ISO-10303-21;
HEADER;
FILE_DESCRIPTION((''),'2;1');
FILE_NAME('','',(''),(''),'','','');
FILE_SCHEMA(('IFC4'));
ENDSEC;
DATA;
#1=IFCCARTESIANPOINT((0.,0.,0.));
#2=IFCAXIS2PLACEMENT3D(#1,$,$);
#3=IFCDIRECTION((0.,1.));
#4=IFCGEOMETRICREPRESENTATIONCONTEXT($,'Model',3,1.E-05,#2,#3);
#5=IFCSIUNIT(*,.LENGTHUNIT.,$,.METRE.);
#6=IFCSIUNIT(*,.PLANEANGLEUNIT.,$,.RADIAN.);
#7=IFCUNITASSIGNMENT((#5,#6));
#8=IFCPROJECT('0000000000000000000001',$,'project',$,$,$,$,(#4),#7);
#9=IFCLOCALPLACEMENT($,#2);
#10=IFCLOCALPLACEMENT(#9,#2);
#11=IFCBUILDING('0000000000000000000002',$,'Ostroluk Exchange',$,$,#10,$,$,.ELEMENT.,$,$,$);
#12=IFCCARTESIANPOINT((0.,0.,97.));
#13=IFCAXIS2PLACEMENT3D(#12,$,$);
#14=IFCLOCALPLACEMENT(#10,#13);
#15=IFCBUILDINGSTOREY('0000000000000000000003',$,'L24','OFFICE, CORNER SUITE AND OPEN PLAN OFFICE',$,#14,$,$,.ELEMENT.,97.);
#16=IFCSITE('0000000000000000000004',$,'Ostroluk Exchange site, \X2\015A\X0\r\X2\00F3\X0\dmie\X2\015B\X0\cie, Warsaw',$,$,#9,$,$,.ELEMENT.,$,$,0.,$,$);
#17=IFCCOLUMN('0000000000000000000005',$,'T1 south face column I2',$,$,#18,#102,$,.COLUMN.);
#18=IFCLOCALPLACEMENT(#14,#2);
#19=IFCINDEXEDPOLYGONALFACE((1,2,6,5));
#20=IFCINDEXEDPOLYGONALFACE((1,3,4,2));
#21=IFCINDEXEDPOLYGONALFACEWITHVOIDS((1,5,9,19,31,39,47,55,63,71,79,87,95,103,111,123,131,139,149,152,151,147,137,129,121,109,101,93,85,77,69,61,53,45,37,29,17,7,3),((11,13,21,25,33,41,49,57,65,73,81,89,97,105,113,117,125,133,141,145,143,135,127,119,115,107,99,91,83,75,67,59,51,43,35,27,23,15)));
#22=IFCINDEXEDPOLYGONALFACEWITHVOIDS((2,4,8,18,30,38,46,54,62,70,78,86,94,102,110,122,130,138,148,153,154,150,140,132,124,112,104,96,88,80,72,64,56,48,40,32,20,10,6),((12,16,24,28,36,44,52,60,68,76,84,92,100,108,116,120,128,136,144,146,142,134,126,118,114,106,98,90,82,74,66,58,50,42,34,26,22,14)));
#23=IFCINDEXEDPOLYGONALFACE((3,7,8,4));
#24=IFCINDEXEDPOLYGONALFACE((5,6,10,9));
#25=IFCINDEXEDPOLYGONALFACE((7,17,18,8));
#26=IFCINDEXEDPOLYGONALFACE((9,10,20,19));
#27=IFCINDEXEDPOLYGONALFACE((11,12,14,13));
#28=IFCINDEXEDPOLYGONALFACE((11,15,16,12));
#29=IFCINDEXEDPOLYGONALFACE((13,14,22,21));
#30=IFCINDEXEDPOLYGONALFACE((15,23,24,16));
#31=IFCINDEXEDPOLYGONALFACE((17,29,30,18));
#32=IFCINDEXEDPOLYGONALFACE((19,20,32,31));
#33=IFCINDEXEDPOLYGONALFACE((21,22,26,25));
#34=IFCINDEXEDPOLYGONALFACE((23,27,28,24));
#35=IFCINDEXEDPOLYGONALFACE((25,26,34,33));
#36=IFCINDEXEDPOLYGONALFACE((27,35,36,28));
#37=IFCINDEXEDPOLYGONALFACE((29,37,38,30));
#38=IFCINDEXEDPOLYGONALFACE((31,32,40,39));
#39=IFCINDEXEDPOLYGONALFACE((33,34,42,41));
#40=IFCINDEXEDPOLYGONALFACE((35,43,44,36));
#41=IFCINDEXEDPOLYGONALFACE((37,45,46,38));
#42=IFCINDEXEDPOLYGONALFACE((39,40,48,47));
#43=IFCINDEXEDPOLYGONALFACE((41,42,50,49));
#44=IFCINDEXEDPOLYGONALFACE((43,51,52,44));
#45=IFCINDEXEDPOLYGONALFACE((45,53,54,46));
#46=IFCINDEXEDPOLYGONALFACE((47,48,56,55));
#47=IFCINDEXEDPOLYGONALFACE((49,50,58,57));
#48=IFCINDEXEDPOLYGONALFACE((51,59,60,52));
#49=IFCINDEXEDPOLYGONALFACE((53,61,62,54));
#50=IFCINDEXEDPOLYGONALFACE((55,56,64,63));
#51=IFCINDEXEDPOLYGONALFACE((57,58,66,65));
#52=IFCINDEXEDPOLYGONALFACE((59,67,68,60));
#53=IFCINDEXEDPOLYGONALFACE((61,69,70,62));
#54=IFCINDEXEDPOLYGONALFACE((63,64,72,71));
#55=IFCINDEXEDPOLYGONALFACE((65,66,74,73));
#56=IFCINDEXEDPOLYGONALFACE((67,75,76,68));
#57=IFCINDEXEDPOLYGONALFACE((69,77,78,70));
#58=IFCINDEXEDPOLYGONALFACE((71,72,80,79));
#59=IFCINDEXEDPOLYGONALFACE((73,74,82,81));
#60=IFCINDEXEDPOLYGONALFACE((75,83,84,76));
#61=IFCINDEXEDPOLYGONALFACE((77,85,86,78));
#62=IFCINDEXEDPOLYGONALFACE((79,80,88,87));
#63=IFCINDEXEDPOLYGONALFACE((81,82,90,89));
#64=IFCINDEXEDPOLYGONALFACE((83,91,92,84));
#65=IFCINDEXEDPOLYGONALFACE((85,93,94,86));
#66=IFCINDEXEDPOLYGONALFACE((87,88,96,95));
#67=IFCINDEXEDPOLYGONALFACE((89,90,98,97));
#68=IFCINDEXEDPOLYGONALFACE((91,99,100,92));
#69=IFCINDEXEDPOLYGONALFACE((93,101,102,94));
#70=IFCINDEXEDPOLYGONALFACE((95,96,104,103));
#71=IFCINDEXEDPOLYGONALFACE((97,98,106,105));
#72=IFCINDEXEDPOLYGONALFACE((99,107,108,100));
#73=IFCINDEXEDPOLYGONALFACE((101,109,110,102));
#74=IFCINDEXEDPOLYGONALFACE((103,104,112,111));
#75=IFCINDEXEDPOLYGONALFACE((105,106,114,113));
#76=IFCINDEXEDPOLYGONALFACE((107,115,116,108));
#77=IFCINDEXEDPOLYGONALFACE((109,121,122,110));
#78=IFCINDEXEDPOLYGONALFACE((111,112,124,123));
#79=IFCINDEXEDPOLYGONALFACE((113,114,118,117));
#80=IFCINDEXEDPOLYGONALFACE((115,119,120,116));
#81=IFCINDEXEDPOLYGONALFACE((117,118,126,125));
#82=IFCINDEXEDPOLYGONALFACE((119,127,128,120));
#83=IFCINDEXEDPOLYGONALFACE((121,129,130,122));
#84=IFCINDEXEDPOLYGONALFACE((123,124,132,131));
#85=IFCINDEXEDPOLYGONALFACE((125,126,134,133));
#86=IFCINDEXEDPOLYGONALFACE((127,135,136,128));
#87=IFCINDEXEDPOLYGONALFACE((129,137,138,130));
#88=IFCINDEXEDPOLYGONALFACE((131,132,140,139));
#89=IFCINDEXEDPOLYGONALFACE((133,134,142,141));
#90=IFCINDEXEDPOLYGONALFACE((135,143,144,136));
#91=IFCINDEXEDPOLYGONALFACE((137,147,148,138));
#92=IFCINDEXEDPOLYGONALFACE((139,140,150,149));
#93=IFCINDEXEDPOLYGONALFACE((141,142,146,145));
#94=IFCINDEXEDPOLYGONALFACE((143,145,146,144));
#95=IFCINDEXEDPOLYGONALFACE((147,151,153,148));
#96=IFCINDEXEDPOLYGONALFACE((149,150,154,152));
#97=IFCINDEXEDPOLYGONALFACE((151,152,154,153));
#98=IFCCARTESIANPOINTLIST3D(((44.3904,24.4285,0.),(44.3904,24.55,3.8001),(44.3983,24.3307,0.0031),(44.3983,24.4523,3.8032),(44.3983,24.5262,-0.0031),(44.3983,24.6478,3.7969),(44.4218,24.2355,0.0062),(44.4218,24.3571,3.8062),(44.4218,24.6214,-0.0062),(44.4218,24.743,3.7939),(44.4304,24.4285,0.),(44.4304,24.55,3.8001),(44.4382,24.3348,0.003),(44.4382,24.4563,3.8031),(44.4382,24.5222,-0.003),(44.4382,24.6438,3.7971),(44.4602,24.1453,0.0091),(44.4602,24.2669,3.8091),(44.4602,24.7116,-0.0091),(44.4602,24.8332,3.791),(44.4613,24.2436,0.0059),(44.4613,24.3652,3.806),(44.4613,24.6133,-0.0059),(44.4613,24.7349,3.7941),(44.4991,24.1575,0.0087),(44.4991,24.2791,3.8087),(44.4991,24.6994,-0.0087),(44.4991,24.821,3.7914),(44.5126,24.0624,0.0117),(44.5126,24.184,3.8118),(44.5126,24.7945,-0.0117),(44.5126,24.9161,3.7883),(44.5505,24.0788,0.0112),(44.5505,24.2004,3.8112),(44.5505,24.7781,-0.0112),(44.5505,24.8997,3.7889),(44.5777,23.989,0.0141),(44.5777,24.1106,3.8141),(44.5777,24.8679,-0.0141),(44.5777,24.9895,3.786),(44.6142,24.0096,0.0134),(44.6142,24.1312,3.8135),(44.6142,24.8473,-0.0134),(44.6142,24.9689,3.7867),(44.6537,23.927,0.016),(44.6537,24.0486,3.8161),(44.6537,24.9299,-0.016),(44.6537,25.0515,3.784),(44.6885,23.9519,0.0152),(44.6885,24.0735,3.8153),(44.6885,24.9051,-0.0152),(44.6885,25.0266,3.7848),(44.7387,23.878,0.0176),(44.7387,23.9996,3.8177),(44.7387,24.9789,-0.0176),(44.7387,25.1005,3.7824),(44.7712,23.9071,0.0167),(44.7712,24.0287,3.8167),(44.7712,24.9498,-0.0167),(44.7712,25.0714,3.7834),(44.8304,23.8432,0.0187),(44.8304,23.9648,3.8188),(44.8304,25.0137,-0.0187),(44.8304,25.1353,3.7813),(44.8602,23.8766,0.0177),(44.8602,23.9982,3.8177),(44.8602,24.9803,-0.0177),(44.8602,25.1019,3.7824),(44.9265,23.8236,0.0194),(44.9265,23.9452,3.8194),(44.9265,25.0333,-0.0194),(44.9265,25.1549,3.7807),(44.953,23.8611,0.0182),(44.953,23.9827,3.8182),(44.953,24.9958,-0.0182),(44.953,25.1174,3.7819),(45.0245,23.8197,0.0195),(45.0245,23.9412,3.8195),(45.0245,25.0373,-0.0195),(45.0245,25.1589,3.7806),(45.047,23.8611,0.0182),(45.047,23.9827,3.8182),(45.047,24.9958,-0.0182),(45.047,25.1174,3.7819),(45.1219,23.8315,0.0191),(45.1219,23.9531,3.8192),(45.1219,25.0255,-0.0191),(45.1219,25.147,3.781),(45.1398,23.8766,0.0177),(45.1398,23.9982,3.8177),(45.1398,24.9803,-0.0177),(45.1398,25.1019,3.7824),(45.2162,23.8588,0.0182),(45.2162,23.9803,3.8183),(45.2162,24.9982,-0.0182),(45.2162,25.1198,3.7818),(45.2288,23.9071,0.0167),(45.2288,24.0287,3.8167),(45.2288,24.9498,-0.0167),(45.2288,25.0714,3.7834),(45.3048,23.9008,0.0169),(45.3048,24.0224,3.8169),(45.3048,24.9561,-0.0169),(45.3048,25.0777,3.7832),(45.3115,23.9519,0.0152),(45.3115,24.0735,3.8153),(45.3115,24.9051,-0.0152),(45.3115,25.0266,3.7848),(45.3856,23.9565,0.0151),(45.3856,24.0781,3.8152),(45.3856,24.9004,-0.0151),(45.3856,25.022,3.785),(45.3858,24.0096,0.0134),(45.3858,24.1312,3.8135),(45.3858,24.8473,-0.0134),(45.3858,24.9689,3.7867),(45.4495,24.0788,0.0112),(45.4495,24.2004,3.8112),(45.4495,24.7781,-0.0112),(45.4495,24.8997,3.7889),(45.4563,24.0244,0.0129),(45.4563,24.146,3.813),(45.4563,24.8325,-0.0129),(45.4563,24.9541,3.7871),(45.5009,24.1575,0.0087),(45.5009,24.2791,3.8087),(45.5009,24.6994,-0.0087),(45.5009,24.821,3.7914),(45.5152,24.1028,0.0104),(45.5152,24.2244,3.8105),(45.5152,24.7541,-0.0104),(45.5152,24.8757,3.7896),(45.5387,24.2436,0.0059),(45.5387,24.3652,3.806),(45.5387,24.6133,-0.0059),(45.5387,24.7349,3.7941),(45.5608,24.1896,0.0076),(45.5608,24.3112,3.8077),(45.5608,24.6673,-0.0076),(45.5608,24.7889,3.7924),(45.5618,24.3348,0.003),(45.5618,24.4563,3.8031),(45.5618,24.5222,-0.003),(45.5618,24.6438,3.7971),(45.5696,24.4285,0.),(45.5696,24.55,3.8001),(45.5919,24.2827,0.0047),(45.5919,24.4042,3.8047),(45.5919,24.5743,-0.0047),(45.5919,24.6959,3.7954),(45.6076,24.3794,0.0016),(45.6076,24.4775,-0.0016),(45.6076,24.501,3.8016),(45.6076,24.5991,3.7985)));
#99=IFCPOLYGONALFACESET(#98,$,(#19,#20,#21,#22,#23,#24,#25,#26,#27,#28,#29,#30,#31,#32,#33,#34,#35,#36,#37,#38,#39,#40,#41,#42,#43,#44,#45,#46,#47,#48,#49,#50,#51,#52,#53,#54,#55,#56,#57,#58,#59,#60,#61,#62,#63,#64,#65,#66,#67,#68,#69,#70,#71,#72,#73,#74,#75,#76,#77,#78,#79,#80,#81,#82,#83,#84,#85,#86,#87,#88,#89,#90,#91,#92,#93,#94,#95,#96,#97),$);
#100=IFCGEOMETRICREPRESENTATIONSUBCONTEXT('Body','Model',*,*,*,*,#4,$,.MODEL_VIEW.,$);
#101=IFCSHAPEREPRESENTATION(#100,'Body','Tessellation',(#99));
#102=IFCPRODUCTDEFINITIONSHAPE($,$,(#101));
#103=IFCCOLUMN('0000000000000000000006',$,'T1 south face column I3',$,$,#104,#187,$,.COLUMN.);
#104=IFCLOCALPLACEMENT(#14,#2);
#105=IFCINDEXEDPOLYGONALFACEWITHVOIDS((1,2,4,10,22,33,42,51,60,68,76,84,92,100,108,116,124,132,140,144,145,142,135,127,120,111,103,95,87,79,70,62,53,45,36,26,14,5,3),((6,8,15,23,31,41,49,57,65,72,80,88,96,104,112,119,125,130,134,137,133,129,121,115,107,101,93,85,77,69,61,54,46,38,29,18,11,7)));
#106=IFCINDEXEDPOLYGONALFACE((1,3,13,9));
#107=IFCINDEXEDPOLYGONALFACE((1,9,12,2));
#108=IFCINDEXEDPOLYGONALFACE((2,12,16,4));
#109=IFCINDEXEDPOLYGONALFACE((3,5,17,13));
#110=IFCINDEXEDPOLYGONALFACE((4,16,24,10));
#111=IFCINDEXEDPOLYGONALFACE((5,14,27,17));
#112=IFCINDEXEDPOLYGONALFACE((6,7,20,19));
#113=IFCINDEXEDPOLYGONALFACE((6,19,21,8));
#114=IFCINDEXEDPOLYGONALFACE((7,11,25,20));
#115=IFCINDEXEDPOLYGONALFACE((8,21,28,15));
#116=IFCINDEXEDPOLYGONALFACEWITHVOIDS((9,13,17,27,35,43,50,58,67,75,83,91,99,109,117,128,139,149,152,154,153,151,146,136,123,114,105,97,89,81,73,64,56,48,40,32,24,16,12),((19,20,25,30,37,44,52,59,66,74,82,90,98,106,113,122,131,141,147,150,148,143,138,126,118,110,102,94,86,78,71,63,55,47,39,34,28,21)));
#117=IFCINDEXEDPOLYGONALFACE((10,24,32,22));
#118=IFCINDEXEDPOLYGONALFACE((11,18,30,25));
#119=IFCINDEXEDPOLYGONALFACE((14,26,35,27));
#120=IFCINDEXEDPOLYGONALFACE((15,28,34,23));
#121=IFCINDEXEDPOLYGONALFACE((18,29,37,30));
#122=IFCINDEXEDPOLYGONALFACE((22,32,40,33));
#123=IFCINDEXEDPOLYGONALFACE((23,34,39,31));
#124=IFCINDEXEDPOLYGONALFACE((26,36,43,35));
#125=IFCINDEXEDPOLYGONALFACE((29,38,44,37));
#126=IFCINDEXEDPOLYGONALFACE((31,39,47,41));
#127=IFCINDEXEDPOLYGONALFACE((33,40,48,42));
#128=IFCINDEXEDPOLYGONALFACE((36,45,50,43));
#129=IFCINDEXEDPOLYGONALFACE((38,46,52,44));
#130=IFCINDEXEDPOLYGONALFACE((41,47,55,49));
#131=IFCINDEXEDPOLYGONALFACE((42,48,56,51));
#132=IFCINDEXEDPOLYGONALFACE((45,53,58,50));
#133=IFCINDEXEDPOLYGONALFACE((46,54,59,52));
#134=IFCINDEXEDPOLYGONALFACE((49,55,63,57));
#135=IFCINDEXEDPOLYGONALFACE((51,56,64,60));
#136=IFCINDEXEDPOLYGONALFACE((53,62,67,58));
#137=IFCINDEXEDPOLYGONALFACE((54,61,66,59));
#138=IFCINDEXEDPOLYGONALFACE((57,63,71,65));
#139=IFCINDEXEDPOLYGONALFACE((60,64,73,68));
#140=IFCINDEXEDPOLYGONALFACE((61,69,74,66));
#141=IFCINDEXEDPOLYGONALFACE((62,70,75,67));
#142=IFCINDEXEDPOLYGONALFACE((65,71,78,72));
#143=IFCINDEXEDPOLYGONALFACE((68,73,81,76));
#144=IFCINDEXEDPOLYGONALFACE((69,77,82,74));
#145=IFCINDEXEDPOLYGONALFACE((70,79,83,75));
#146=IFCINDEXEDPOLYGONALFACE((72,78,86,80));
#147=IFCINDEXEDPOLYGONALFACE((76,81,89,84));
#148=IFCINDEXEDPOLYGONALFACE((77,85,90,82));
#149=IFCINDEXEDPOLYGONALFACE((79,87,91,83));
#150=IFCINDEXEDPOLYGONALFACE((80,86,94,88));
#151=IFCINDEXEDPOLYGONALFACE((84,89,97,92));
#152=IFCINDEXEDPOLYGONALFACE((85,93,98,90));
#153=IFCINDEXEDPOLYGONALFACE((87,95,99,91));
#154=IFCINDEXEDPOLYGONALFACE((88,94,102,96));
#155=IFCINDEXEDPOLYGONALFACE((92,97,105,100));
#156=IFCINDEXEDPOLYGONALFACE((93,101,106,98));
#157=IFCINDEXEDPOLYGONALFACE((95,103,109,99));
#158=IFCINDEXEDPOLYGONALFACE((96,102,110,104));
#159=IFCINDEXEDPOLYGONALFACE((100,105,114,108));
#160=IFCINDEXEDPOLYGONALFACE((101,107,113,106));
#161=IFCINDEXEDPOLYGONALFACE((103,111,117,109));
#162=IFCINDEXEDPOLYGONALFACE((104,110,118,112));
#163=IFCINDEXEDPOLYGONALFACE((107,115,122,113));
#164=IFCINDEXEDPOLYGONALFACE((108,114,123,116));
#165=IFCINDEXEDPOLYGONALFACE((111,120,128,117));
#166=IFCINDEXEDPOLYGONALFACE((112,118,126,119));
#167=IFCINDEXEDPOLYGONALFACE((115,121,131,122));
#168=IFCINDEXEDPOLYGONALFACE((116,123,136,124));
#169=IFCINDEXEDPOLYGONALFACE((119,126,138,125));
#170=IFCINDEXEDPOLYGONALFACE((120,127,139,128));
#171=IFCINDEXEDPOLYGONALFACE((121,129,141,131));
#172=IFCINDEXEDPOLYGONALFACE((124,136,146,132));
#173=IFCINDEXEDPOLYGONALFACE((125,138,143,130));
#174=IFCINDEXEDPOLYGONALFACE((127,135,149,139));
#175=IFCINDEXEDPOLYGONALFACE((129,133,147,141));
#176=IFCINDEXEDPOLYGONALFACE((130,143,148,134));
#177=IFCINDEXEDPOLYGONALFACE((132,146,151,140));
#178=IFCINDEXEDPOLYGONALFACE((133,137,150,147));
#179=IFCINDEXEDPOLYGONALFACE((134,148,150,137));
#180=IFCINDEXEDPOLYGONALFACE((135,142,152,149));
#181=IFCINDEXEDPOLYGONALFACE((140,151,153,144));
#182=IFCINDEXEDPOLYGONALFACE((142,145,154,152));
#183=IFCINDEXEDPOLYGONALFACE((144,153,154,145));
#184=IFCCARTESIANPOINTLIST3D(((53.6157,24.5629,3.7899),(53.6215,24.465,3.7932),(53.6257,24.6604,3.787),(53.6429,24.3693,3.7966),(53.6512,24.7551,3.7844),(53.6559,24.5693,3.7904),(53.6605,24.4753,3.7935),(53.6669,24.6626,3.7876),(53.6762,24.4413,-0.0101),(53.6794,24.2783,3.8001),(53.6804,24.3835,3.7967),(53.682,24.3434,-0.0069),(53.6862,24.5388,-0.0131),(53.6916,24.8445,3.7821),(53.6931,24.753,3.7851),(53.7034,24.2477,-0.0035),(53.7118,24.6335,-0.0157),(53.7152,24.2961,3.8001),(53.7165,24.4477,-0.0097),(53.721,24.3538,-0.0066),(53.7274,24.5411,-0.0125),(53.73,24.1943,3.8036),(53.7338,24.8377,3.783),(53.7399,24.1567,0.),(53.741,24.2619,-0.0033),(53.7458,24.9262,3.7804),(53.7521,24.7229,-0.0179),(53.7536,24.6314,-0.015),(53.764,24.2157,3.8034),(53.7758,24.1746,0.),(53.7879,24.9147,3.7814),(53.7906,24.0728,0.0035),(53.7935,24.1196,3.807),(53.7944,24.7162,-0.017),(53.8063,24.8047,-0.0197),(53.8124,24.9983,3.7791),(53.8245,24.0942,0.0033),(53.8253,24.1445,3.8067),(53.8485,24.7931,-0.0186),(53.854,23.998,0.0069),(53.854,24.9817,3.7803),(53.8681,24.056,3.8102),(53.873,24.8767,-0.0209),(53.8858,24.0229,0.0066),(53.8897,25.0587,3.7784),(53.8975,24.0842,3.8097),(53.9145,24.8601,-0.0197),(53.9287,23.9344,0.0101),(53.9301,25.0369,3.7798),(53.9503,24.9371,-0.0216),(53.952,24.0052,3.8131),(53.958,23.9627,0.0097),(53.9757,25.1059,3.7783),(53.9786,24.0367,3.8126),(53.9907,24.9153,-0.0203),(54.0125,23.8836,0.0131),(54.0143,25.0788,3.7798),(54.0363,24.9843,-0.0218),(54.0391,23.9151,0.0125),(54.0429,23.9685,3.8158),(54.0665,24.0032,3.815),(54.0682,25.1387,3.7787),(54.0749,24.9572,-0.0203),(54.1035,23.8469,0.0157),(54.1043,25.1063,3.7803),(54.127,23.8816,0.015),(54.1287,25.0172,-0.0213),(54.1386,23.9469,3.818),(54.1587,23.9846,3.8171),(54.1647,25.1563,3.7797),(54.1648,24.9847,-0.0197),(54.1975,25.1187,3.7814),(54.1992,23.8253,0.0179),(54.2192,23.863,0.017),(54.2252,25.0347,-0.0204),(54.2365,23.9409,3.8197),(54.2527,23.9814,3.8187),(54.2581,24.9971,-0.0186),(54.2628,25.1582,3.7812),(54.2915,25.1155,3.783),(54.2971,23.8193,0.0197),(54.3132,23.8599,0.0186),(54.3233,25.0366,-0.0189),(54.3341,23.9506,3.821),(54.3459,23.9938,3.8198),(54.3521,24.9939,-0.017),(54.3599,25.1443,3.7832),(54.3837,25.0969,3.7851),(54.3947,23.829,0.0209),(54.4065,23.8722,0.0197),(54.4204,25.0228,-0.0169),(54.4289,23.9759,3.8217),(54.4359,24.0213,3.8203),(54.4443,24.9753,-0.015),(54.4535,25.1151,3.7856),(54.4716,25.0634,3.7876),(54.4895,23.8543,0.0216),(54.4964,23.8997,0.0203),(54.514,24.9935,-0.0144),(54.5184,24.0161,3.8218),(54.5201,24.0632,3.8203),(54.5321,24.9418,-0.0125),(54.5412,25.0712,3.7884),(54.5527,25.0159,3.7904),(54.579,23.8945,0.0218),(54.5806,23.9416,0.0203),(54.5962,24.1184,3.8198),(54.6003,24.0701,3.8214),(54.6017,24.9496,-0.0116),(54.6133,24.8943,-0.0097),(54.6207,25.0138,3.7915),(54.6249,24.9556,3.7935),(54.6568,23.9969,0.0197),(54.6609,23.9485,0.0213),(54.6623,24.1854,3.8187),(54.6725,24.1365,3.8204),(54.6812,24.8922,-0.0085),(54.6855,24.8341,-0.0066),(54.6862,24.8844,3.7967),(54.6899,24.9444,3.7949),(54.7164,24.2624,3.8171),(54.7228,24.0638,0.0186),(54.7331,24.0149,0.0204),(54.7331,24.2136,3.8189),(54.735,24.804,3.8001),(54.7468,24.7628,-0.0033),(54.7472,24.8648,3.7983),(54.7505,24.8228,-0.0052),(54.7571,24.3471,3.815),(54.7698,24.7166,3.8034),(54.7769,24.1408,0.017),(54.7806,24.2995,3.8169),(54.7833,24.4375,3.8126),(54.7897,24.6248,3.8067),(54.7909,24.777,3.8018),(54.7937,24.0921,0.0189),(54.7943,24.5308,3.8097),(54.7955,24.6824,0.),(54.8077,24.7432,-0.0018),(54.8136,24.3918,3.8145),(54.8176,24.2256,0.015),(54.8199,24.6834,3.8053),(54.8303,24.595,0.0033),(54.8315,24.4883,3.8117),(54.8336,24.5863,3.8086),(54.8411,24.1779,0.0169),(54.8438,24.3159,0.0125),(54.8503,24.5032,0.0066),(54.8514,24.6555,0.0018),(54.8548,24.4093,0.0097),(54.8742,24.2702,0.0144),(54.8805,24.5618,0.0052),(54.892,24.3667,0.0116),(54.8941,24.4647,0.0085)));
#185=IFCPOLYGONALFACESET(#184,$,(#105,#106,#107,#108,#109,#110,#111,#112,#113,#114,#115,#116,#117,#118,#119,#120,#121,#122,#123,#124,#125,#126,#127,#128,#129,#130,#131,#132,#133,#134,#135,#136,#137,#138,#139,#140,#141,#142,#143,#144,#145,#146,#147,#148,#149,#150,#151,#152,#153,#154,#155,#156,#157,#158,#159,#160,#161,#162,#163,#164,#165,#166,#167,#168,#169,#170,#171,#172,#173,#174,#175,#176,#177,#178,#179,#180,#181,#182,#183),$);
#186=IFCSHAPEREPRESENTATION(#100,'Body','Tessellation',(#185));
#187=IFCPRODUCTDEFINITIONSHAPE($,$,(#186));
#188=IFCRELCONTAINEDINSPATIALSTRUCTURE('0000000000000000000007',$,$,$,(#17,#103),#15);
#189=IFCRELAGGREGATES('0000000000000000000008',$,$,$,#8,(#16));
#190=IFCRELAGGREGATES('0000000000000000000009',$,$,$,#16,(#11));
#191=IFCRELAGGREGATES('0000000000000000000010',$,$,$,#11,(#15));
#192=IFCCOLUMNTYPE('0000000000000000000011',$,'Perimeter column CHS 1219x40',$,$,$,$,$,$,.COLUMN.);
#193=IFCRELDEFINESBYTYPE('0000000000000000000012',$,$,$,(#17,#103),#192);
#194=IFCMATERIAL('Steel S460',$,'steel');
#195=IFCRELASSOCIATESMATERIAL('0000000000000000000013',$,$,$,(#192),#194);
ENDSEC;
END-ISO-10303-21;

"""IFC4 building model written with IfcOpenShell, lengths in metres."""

from ifc_helpers import new_model, si_unit, direction, frame, origin, origin_2d, place, context, subcontext, project, spatial, hollow_circle, extrude, material, material_profile, profile_set, type_object, element, save


model = new_model("IFC4")

# Units and contexts
model_context = context("Model", 3, precision=1e-05, world=origin(), true_north=direction((0.0, 1.0)))
body_context = subcontext(model_context, "Body", "Model", "MODEL_VIEW")
ifc_project = project(units=[si_unit("LENGTHUNIT", "METRE"), si_unit("PLANEANGLEUNIT", "RADIAN")], contexts=[model_context])

# Site, building, storey
site_placement = place(None, origin())
site = spatial("IfcSite", under=ifc_project, at=site_placement, Name="Ostroluk Exchange site, Śródmieście, Warsaw", CompositionType="ELEMENT", RefElevation=0.0)
building_placement = place(site_placement, origin())
building = spatial("IfcBuilding", under=site, at=building_placement, Name="Ostroluk Exchange", CompositionType="ELEMENT")
storey_placement = place(building_placement, frame((0.0, 0.0, 97.0)))
storey = spatial("IfcBuildingStorey", under=building, at=storey_placement, Name="L24", Description="OFFICE, CORNER SUITE AND OPEN PLAN OFFICE", CompositionType="ELEMENT", Elevation=97.0)

# Columns
ifc_material_1 = material(Name="Steel S460", Category="steel")
ifc_material_profile_1 = material_profile(ifc_material_1, hollow_circle(Radius=0.6096, WallThickness=0.04, at=origin_2d()), Name="CHS 1219x40")
ifc_profile_set_1 = profile_set([ifc_material_profile_1], Name="Steel S460")
column_type = type_object("IfcColumnType", Name="Perimeter column CHS 1219x40", PredefinedType="COLUMN", material=ifc_profile_set_1)
column_1_placement = place(storey_placement, frame((45.0, 24.4285, 0.0), z_axis=(0.0, 0.031978, 0.999489), x_axis=(-1.0, 0.0, 0.0)))
element("IfcColumn", 1, at=column_1_placement, inside=storey, type_object=column_type, Name="T1 south face column I2", PredefinedType="COLUMN", context=body_context, shape_type="SweptSolid", body=[
    extrude(hollow_circle(Radius=0.6096, WallThickness=0.04, at=origin_2d()), origin(), (0.0, 0.0, 1.0), 3.802),
])
column_2_placement = place(storey_placement, frame((54.2856, 24.4285, 0.0), z_axis=(-0.015923, 0.031974, 0.999362), x_axis=(-0.895145, -0.445775, 0.0)))
element("IfcColumn", 2, at=column_2_placement, inside=storey, type_object=column_type, Name="T1 south face column I3", PredefinedType="COLUMN", context=body_context, shape_type="SweptSolid", body=[
    extrude(hollow_circle(Radius=0.6096, WallThickness=0.04, at=origin_2d()), origin(), (0.0, 0.0, 1.0), 3.8025),
])

save(model, "model.ifc")
